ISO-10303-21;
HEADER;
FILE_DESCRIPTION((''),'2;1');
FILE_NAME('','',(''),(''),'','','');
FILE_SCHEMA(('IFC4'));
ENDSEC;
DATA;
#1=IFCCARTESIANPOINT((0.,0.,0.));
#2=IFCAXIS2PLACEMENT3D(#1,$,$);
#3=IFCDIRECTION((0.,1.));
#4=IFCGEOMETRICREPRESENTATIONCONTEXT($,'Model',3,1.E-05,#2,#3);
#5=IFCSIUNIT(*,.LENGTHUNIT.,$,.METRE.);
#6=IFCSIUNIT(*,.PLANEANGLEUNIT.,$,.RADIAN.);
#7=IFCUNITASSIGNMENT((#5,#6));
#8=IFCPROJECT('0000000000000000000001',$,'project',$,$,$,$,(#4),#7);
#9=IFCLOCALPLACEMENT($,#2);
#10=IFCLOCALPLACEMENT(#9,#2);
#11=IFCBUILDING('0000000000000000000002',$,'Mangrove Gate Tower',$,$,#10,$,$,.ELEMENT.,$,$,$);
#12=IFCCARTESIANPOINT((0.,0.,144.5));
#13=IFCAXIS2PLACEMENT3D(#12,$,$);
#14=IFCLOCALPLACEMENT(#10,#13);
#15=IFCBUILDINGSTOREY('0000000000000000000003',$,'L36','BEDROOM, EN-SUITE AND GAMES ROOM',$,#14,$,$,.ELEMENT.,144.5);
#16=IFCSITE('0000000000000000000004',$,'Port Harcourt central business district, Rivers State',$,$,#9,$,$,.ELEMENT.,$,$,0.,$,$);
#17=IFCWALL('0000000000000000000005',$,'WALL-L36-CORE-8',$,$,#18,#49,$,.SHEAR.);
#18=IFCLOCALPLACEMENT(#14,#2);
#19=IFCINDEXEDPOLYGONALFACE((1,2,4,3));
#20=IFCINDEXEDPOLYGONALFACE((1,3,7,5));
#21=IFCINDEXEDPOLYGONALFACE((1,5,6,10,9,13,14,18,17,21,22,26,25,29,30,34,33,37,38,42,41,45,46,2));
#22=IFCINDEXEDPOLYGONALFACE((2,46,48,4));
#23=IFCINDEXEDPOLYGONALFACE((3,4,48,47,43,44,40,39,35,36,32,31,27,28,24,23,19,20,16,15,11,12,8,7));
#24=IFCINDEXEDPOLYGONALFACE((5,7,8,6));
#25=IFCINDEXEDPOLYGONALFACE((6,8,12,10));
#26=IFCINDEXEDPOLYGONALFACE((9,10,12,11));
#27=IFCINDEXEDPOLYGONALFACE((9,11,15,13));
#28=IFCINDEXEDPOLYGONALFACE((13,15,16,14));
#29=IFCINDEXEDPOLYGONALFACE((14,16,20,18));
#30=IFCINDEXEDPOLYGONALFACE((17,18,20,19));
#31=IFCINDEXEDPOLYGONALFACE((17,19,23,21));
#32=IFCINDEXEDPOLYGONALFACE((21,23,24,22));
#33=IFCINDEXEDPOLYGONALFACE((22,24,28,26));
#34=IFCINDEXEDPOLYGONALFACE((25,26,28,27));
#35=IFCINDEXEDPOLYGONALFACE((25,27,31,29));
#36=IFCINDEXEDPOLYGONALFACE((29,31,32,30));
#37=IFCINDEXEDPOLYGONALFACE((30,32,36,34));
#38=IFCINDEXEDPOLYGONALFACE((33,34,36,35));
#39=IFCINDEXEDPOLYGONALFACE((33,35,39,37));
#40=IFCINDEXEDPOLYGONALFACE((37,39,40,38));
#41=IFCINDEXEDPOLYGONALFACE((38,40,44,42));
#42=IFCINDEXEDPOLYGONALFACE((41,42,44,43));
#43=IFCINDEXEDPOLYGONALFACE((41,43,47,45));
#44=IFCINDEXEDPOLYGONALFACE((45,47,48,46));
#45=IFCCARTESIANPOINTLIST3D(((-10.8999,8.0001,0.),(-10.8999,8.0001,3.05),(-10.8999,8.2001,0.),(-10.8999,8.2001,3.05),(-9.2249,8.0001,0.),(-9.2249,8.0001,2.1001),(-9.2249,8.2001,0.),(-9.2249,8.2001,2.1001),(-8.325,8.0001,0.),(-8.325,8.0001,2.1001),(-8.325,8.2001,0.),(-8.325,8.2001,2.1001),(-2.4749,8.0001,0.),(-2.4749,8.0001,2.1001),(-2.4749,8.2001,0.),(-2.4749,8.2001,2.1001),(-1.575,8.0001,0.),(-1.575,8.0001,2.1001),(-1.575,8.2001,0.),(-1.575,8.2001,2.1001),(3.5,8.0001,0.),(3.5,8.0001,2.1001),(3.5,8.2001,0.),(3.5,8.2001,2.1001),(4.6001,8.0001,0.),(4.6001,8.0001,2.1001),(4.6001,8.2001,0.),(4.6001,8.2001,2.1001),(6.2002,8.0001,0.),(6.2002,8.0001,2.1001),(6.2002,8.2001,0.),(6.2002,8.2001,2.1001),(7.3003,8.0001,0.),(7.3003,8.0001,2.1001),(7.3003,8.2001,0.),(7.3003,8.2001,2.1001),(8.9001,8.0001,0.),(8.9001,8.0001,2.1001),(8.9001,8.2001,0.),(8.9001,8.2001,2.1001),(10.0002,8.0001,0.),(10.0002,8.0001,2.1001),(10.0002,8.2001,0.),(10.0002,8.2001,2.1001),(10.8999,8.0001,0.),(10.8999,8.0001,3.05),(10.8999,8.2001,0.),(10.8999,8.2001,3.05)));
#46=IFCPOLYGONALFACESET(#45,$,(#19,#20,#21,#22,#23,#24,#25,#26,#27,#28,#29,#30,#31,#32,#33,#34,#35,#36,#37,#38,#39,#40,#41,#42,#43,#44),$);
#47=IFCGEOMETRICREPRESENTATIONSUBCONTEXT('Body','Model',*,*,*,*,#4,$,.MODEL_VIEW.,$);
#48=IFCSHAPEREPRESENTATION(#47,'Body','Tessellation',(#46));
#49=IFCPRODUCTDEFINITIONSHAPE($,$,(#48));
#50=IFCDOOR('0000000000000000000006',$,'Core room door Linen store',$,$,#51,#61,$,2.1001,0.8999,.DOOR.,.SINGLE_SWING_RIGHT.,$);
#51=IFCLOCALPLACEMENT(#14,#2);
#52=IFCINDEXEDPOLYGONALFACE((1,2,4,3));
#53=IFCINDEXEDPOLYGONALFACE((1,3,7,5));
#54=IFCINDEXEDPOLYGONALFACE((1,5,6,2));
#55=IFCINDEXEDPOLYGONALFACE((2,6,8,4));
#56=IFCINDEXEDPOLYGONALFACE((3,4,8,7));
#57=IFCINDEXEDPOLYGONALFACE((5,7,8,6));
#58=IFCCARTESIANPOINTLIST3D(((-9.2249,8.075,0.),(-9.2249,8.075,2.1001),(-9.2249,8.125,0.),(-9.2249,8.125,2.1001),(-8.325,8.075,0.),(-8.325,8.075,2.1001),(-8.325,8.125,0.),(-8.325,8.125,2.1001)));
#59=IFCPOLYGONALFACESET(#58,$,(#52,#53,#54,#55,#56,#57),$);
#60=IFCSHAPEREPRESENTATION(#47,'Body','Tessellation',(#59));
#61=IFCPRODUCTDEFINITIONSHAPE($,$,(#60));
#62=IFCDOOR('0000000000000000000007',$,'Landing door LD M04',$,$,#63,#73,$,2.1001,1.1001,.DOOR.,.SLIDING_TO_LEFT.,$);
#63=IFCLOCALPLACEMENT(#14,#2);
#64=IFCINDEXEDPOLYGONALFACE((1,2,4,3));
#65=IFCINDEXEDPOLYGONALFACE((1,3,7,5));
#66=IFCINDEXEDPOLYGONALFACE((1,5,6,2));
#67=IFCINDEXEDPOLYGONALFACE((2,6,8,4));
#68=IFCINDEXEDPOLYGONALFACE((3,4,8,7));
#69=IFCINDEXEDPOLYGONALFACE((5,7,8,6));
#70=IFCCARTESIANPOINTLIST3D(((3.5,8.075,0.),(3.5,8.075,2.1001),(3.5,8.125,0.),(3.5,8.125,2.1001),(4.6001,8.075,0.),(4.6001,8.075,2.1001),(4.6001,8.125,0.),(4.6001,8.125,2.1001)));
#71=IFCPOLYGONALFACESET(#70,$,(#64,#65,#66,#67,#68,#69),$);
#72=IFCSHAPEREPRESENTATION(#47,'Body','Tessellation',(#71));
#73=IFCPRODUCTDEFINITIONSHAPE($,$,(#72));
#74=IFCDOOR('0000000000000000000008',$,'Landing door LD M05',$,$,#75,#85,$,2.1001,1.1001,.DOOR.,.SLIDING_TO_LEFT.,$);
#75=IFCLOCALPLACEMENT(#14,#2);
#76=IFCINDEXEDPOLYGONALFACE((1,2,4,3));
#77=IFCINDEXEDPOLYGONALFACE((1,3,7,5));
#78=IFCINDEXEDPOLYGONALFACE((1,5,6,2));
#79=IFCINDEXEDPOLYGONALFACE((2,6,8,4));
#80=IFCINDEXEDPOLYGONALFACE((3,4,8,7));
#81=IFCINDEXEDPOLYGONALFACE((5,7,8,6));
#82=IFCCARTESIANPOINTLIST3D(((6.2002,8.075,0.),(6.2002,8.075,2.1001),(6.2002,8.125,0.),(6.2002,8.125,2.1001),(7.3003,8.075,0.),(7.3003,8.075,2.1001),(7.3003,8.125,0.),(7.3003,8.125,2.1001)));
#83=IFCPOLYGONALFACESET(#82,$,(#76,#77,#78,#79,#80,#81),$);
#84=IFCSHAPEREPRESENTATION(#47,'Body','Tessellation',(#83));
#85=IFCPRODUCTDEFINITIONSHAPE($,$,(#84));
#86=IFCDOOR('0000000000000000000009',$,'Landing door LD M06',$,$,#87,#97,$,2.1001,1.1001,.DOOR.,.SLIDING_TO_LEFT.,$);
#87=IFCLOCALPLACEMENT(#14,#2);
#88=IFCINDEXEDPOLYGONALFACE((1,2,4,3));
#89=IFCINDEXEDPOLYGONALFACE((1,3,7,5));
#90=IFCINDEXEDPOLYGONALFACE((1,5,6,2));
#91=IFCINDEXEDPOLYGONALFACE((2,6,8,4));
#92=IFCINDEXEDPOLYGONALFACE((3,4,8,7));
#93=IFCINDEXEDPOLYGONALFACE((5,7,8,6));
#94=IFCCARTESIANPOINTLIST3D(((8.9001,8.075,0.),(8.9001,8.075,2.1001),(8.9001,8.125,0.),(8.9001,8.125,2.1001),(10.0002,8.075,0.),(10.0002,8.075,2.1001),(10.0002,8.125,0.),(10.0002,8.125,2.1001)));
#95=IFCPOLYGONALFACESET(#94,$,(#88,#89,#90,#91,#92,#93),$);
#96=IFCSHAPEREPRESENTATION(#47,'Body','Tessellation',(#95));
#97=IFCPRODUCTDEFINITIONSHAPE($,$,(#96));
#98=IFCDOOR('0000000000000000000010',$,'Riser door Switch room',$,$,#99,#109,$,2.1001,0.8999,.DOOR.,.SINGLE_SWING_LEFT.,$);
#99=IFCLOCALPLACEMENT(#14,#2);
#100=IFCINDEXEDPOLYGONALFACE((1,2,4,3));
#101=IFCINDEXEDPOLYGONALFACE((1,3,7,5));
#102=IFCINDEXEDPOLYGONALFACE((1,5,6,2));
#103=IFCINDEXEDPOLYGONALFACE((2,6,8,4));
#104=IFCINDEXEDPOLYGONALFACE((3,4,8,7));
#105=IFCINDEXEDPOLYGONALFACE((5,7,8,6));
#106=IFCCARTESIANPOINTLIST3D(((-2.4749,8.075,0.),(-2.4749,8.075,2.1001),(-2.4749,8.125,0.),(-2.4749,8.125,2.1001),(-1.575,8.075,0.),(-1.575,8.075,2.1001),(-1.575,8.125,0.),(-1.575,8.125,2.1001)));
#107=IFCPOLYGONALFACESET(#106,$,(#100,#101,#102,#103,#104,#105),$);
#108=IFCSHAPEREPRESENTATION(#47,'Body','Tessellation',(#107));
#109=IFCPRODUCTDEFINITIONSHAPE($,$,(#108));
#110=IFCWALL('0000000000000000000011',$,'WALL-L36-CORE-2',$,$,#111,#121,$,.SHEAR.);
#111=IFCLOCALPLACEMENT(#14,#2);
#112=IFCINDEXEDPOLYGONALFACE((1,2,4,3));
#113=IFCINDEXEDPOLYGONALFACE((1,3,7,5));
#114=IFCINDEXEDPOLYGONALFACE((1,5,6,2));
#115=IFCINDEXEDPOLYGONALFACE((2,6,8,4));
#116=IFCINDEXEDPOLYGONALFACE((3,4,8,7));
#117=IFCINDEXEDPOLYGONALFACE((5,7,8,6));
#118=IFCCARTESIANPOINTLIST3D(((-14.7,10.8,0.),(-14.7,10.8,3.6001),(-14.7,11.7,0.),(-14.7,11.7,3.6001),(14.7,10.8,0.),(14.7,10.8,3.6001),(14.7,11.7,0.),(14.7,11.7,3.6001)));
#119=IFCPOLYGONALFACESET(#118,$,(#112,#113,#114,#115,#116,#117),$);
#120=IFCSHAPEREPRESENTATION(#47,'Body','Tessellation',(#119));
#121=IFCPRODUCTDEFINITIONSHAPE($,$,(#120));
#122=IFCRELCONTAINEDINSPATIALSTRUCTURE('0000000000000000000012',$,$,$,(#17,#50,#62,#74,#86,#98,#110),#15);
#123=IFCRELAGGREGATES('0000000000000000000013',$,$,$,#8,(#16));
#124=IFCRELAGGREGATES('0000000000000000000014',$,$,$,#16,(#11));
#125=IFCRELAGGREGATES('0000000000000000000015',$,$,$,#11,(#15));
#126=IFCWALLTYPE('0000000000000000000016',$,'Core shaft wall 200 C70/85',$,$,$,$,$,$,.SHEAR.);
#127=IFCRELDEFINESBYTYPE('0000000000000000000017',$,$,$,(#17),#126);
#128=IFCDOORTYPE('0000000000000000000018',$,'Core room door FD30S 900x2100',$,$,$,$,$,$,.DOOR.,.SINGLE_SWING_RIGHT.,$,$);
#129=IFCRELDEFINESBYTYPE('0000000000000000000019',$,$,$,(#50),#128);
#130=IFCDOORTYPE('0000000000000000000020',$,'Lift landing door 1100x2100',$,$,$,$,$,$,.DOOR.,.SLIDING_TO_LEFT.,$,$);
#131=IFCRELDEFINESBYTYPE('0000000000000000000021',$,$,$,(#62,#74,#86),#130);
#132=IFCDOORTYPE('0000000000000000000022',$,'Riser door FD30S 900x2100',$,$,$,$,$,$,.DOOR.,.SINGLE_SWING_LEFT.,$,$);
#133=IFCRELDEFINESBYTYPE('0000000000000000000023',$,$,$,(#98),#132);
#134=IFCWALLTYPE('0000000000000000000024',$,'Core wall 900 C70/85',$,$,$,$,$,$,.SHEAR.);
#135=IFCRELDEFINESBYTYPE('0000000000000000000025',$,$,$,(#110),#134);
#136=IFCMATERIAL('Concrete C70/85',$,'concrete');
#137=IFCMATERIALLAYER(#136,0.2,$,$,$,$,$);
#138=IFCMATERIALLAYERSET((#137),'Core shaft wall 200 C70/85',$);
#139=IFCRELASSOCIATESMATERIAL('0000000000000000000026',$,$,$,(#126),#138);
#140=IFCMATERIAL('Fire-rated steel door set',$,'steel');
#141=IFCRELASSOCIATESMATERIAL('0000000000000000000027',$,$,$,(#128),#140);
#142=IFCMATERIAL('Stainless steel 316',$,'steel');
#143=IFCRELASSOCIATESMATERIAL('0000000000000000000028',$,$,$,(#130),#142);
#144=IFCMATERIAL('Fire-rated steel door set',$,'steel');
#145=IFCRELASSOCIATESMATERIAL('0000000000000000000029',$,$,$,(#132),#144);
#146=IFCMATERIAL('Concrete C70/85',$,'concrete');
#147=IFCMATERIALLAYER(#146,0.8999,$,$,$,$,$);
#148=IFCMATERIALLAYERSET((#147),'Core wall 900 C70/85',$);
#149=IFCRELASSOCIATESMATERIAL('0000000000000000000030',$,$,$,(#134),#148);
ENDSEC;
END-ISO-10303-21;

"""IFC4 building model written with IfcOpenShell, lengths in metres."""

from ifc_helpers import new_model, si_unit, direction, frame, frame_2d, origin, place, context, subcontext, project, spatial, rectangle, extrude, material, layer, layer_set, type_object, element, fill, save


model = new_model("IFC4")

# Units and contexts
model_context = context("Model", 3, precision=1e-05, world=origin(), true_north=direction((0.0, 1.0)))
body_context = subcontext(model_context, "Body", "Model", "MODEL_VIEW")
ifc_project = project(units=[si_unit("LENGTHUNIT", "METRE"), si_unit("PLANEANGLEUNIT", "RADIAN")], contexts=[model_context])

# Site, building, storey
site_placement = place(None, origin())
site = spatial("IfcSite", under=ifc_project, at=site_placement, Name="Port Harcourt central business district, Rivers State", CompositionType="ELEMENT", RefElevation=0.0)
building_placement = place(site_placement, origin())
building = spatial("IfcBuilding", under=site, at=building_placement, Name="Mangrove Gate Tower", CompositionType="ELEMENT")
storey_placement = place(building_placement, frame((0.0, 0.0, 144.5)))
storey = spatial("IfcBuildingStorey", under=building, at=storey_placement, Name="L36", Description="BEDROOM, EN-SUITE AND GAMES ROOM", CompositionType="ELEMENT", Elevation=144.5)

# Wall, openings, doors
ifc_material_1 = material(Name="Concrete C70/85", Category="concrete")
ifc_layer_1 = layer(ifc_material_1, 0.2)
ifc_layer_set_1 = layer_set([ifc_layer_1], Name="Core shaft wall 200 C70/85")
wall_type_1 = type_object("IfcWallType", Name="Core shaft wall 200 C70/85", PredefinedType="SHEAR", material=ifc_layer_set_1)
ifc_material_2 = material(Name="Fire-rated steel door set", Category="steel")
door_type_1 = type_object("IfcDoorType", Name="Core room door FD30S 900x2100", OperationType="SINGLE_SWING_RIGHT", PredefinedType="DOOR", material=ifc_material_2)
ifc_material_3 = material(Name="Stainless steel 316", Category="steel")
door_type_2 = type_object("IfcDoorType", Name="Lift landing door 1100x2100", OperationType="SLIDING_TO_LEFT", PredefinedType="DOOR", material=ifc_material_3)
ifc_material_4 = material(Name="Fire-rated steel door set", Category="steel")
door_type_3 = type_object("IfcDoorType", Name="Riser door FD30S 900x2100", OperationType="SINGLE_SWING_LEFT", PredefinedType="DOOR", material=ifc_material_4)
wall_1_placement = place(storey_placement, frame((-10.8999, 8.1001, 0.0), z_axis=(0.0, 0.0, 1.0), x_axis=(1.0, 0.0, 0.0)))
wall_1 = element("IfcWall", 1, at=wall_1_placement, inside=storey, type_object=wall_type_1, Name="WALL-L36-CORE-8", PredefinedType="SHEAR", context=body_context, shape_type="SweptSolid", body=[
    extrude(rectangle(XDim=21.7998, YDim=0.2, at=frame_2d((10.8999, 0.0))), origin(), (0.0, 0.0, 1.0), 3.05),
])
opening_1_placement = place(wall_1_placement, frame((14.3999, 0.0, 0.0)))
opening_1 = element("IfcOpeningElement", 2, at=opening_1_placement, cuts=wall_1, PredefinedType="OPENING", context=body_context, shape_type="SweptSolid", body=[
    extrude(rectangle(XDim=1.1001, YDim=2.1001, at=frame_2d((0.55, 1.05))), frame((0.0, 0.1099, 0.0), z_axis=(0.0, -1.0, 0.0), x_axis=(1.0, 0.0, 0.0)), (0.0, 0.0, 1.0), 0.22),
])
opening_2_placement = place(wall_1_placement, frame((17.1001, 0.0, 0.0)))
opening_2 = element("IfcOpeningElement", 3, at=opening_2_placement, cuts=wall_1, PredefinedType="OPENING", context=body_context, shape_type="SweptSolid", body=[
    extrude(rectangle(XDim=1.1001, YDim=2.1001, at=frame_2d((0.55, 1.05))), frame((0.0, 0.1099, 0.0), z_axis=(0.0, -1.0, 0.0), x_axis=(1.0, 0.0, 0.0)), (0.0, 0.0, 1.0), 0.22),
])
opening_3_placement = place(wall_1_placement, frame((19.8, 0.0, 0.0)))
opening_3 = element("IfcOpeningElement", 4, at=opening_3_placement, cuts=wall_1, PredefinedType="OPENING", context=body_context, shape_type="SweptSolid", body=[
    extrude(rectangle(XDim=1.1001, YDim=2.1001, at=frame_2d((0.55, 1.05))), frame((0.0, 0.1099, 0.0), z_axis=(0.0, -1.0, 0.0), x_axis=(1.0, 0.0, 0.0)), (0.0, 0.0, 1.0), 0.22),
])
opening_4_placement = place(wall_1_placement, frame((1.675, 0.0, 0.0)))
opening_4 = element("IfcOpeningElement", 5, at=opening_4_placement, cuts=wall_1, PredefinedType="OPENING", context=body_context, shape_type="SweptSolid", body=[
    extrude(rectangle(XDim=0.8999, YDim=2.1001, at=frame_2d((0.45, 1.05))), frame((0.0, 0.1099, 0.0), z_axis=(0.0, -1.0, 0.0), x_axis=(1.0, 0.0, 0.0)), (0.0, 0.0, 1.0), 0.22),
])
opening_5_placement = place(wall_1_placement, frame((8.425, 0.0, 0.0)))
opening_5 = element("IfcOpeningElement", 6, at=opening_5_placement, cuts=wall_1, PredefinedType="OPENING", context=body_context, shape_type="SweptSolid", body=[
    extrude(rectangle(XDim=0.8999, YDim=2.1001, at=frame_2d((0.45, 1.05))), frame((0.0, 0.1099, 0.0), z_axis=(0.0, -1.0, 0.0), x_axis=(1.0, 0.0, 0.0)), (0.0, 0.0, 1.0), 0.22),
])
door_1_placement = place(opening_4_placement, origin())
door_1 = element("IfcDoor", 7, at=door_1_placement, inside=storey, type_object=door_type_1, Name="Core room door Linen store", OperationType="SINGLE_SWING_RIGHT", OverallHeight=2.1001, OverallWidth=0.8999, PredefinedType="DOOR", context=body_context, shape_type="SweptSolid", body=[
    extrude(rectangle(XDim=0.8999, YDim=2.1001, at=frame_2d((0.45, 1.05))), frame((0.0, 0.0249, 0.0), z_axis=(0.0, -1.0, 0.0), x_axis=(1.0, 0.0, 0.0)), (0.0, 0.0, 1.0), 0.05),
])
fill(opening_4, door_1)
door_2_placement = place(opening_1_placement, origin())
door_2 = element("IfcDoor", 8, at=door_2_placement, inside=storey, type_object=door_type_2, Name="Landing door LD M04", OperationType="SLIDING_TO_LEFT", OverallHeight=2.1001, OverallWidth=1.1001, PredefinedType="DOOR", context=body_context, shape_type="SweptSolid", body=[
    extrude(rectangle(XDim=1.1001, YDim=2.1001, at=frame_2d((0.55, 1.05))), frame((0.0, 0.0249, 0.0), z_axis=(0.0, -1.0, 0.0), x_axis=(1.0, 0.0, 0.0)), (0.0, 0.0, 1.0), 0.05),
])
fill(opening_1, door_2)
door_3_placement = place(opening_2_placement, origin())
door_3 = element("IfcDoor", 9, at=door_3_placement, inside=storey, type_object=door_type_2, Name="Landing door LD M05", OperationType="SLIDING_TO_LEFT", OverallHeight=2.1001, OverallWidth=1.1001, PredefinedType="DOOR", context=body_context, shape_type="SweptSolid", body=[
    extrude(rectangle(XDim=1.1001, YDim=2.1001, at=frame_2d((0.55, 1.05))), frame((0.0, 0.0249, 0.0), z_axis=(0.0, -1.0, 0.0), x_axis=(1.0, 0.0, 0.0)), (0.0, 0.0, 1.0), 0.05),
])
fill(opening_2, door_3)
door_4_placement = place(opening_3_placement, origin())
door_4 = element("IfcDoor", 10, at=door_4_placement, inside=storey, type_object=door_type_2, Name="Landing door LD M06", OperationType="SLIDING_TO_LEFT", OverallHeight=2.1001, OverallWidth=1.1001, PredefinedType="DOOR", context=body_context, shape_type="SweptSolid", body=[
    extrude(rectangle(XDim=1.1001, YDim=2.1001, at=frame_2d((0.55, 1.05))), frame((0.0, 0.0249, 0.0), z_axis=(0.0, -1.0, 0.0), x_axis=(1.0, 0.0, 0.0)), (0.0, 0.0, 1.0), 0.05),
])
fill(opening_3, door_4)
door_5_placement = place(opening_5_placement, origin())
door_5 = element("IfcDoor", 11, at=door_5_placement, inside=storey, type_object=door_type_3, Name="Riser door Switch room", OperationType="SINGLE_SWING_LEFT", OverallHeight=2.1001, OverallWidth=0.8999, PredefinedType="DOOR", context=body_context, shape_type="SweptSolid", body=[
    extrude(rectangle(XDim=0.8999, YDim=2.1001, at=frame_2d((0.45, 1.05))), frame((0.0, 0.0249, 0.0), z_axis=(0.0, -1.0, 0.0), x_axis=(1.0, 0.0, 0.0)), (0.0, 0.0, 1.0), 0.05),
])
fill(opening_5, door_5)

# Wall
ifc_material_5 = material(Name="Concrete C70/85", Category="concrete")
ifc_layer_2 = layer(ifc_material_5, 0.8999)
ifc_layer_set_2 = layer_set([ifc_layer_2], Name="Core wall 900 C70/85")
wall_type_2 = type_object("IfcWallType", Name="Core wall 900 C70/85", PredefinedType="SHEAR", material=ifc_layer_set_2)
wall_2_placement = place(storey_placement, frame((-14.7, 11.25, 0.0), z_axis=(0.0, 0.0, 1.0), x_axis=(1.0, 0.0, 0.0)))
element("IfcWall", 12, at=wall_2_placement, inside=storey, type_object=wall_type_2, Name="WALL-L36-CORE-2", PredefinedType="SHEAR", context=body_context, shape_type="SweptSolid", body=[
    extrude(rectangle(XDim=29.3999, YDim=0.8999, at=frame_2d((14.7, 0.0))), origin(), (0.0, 0.0, 1.0), 3.6001),
])

save(model, "model.ifc")
